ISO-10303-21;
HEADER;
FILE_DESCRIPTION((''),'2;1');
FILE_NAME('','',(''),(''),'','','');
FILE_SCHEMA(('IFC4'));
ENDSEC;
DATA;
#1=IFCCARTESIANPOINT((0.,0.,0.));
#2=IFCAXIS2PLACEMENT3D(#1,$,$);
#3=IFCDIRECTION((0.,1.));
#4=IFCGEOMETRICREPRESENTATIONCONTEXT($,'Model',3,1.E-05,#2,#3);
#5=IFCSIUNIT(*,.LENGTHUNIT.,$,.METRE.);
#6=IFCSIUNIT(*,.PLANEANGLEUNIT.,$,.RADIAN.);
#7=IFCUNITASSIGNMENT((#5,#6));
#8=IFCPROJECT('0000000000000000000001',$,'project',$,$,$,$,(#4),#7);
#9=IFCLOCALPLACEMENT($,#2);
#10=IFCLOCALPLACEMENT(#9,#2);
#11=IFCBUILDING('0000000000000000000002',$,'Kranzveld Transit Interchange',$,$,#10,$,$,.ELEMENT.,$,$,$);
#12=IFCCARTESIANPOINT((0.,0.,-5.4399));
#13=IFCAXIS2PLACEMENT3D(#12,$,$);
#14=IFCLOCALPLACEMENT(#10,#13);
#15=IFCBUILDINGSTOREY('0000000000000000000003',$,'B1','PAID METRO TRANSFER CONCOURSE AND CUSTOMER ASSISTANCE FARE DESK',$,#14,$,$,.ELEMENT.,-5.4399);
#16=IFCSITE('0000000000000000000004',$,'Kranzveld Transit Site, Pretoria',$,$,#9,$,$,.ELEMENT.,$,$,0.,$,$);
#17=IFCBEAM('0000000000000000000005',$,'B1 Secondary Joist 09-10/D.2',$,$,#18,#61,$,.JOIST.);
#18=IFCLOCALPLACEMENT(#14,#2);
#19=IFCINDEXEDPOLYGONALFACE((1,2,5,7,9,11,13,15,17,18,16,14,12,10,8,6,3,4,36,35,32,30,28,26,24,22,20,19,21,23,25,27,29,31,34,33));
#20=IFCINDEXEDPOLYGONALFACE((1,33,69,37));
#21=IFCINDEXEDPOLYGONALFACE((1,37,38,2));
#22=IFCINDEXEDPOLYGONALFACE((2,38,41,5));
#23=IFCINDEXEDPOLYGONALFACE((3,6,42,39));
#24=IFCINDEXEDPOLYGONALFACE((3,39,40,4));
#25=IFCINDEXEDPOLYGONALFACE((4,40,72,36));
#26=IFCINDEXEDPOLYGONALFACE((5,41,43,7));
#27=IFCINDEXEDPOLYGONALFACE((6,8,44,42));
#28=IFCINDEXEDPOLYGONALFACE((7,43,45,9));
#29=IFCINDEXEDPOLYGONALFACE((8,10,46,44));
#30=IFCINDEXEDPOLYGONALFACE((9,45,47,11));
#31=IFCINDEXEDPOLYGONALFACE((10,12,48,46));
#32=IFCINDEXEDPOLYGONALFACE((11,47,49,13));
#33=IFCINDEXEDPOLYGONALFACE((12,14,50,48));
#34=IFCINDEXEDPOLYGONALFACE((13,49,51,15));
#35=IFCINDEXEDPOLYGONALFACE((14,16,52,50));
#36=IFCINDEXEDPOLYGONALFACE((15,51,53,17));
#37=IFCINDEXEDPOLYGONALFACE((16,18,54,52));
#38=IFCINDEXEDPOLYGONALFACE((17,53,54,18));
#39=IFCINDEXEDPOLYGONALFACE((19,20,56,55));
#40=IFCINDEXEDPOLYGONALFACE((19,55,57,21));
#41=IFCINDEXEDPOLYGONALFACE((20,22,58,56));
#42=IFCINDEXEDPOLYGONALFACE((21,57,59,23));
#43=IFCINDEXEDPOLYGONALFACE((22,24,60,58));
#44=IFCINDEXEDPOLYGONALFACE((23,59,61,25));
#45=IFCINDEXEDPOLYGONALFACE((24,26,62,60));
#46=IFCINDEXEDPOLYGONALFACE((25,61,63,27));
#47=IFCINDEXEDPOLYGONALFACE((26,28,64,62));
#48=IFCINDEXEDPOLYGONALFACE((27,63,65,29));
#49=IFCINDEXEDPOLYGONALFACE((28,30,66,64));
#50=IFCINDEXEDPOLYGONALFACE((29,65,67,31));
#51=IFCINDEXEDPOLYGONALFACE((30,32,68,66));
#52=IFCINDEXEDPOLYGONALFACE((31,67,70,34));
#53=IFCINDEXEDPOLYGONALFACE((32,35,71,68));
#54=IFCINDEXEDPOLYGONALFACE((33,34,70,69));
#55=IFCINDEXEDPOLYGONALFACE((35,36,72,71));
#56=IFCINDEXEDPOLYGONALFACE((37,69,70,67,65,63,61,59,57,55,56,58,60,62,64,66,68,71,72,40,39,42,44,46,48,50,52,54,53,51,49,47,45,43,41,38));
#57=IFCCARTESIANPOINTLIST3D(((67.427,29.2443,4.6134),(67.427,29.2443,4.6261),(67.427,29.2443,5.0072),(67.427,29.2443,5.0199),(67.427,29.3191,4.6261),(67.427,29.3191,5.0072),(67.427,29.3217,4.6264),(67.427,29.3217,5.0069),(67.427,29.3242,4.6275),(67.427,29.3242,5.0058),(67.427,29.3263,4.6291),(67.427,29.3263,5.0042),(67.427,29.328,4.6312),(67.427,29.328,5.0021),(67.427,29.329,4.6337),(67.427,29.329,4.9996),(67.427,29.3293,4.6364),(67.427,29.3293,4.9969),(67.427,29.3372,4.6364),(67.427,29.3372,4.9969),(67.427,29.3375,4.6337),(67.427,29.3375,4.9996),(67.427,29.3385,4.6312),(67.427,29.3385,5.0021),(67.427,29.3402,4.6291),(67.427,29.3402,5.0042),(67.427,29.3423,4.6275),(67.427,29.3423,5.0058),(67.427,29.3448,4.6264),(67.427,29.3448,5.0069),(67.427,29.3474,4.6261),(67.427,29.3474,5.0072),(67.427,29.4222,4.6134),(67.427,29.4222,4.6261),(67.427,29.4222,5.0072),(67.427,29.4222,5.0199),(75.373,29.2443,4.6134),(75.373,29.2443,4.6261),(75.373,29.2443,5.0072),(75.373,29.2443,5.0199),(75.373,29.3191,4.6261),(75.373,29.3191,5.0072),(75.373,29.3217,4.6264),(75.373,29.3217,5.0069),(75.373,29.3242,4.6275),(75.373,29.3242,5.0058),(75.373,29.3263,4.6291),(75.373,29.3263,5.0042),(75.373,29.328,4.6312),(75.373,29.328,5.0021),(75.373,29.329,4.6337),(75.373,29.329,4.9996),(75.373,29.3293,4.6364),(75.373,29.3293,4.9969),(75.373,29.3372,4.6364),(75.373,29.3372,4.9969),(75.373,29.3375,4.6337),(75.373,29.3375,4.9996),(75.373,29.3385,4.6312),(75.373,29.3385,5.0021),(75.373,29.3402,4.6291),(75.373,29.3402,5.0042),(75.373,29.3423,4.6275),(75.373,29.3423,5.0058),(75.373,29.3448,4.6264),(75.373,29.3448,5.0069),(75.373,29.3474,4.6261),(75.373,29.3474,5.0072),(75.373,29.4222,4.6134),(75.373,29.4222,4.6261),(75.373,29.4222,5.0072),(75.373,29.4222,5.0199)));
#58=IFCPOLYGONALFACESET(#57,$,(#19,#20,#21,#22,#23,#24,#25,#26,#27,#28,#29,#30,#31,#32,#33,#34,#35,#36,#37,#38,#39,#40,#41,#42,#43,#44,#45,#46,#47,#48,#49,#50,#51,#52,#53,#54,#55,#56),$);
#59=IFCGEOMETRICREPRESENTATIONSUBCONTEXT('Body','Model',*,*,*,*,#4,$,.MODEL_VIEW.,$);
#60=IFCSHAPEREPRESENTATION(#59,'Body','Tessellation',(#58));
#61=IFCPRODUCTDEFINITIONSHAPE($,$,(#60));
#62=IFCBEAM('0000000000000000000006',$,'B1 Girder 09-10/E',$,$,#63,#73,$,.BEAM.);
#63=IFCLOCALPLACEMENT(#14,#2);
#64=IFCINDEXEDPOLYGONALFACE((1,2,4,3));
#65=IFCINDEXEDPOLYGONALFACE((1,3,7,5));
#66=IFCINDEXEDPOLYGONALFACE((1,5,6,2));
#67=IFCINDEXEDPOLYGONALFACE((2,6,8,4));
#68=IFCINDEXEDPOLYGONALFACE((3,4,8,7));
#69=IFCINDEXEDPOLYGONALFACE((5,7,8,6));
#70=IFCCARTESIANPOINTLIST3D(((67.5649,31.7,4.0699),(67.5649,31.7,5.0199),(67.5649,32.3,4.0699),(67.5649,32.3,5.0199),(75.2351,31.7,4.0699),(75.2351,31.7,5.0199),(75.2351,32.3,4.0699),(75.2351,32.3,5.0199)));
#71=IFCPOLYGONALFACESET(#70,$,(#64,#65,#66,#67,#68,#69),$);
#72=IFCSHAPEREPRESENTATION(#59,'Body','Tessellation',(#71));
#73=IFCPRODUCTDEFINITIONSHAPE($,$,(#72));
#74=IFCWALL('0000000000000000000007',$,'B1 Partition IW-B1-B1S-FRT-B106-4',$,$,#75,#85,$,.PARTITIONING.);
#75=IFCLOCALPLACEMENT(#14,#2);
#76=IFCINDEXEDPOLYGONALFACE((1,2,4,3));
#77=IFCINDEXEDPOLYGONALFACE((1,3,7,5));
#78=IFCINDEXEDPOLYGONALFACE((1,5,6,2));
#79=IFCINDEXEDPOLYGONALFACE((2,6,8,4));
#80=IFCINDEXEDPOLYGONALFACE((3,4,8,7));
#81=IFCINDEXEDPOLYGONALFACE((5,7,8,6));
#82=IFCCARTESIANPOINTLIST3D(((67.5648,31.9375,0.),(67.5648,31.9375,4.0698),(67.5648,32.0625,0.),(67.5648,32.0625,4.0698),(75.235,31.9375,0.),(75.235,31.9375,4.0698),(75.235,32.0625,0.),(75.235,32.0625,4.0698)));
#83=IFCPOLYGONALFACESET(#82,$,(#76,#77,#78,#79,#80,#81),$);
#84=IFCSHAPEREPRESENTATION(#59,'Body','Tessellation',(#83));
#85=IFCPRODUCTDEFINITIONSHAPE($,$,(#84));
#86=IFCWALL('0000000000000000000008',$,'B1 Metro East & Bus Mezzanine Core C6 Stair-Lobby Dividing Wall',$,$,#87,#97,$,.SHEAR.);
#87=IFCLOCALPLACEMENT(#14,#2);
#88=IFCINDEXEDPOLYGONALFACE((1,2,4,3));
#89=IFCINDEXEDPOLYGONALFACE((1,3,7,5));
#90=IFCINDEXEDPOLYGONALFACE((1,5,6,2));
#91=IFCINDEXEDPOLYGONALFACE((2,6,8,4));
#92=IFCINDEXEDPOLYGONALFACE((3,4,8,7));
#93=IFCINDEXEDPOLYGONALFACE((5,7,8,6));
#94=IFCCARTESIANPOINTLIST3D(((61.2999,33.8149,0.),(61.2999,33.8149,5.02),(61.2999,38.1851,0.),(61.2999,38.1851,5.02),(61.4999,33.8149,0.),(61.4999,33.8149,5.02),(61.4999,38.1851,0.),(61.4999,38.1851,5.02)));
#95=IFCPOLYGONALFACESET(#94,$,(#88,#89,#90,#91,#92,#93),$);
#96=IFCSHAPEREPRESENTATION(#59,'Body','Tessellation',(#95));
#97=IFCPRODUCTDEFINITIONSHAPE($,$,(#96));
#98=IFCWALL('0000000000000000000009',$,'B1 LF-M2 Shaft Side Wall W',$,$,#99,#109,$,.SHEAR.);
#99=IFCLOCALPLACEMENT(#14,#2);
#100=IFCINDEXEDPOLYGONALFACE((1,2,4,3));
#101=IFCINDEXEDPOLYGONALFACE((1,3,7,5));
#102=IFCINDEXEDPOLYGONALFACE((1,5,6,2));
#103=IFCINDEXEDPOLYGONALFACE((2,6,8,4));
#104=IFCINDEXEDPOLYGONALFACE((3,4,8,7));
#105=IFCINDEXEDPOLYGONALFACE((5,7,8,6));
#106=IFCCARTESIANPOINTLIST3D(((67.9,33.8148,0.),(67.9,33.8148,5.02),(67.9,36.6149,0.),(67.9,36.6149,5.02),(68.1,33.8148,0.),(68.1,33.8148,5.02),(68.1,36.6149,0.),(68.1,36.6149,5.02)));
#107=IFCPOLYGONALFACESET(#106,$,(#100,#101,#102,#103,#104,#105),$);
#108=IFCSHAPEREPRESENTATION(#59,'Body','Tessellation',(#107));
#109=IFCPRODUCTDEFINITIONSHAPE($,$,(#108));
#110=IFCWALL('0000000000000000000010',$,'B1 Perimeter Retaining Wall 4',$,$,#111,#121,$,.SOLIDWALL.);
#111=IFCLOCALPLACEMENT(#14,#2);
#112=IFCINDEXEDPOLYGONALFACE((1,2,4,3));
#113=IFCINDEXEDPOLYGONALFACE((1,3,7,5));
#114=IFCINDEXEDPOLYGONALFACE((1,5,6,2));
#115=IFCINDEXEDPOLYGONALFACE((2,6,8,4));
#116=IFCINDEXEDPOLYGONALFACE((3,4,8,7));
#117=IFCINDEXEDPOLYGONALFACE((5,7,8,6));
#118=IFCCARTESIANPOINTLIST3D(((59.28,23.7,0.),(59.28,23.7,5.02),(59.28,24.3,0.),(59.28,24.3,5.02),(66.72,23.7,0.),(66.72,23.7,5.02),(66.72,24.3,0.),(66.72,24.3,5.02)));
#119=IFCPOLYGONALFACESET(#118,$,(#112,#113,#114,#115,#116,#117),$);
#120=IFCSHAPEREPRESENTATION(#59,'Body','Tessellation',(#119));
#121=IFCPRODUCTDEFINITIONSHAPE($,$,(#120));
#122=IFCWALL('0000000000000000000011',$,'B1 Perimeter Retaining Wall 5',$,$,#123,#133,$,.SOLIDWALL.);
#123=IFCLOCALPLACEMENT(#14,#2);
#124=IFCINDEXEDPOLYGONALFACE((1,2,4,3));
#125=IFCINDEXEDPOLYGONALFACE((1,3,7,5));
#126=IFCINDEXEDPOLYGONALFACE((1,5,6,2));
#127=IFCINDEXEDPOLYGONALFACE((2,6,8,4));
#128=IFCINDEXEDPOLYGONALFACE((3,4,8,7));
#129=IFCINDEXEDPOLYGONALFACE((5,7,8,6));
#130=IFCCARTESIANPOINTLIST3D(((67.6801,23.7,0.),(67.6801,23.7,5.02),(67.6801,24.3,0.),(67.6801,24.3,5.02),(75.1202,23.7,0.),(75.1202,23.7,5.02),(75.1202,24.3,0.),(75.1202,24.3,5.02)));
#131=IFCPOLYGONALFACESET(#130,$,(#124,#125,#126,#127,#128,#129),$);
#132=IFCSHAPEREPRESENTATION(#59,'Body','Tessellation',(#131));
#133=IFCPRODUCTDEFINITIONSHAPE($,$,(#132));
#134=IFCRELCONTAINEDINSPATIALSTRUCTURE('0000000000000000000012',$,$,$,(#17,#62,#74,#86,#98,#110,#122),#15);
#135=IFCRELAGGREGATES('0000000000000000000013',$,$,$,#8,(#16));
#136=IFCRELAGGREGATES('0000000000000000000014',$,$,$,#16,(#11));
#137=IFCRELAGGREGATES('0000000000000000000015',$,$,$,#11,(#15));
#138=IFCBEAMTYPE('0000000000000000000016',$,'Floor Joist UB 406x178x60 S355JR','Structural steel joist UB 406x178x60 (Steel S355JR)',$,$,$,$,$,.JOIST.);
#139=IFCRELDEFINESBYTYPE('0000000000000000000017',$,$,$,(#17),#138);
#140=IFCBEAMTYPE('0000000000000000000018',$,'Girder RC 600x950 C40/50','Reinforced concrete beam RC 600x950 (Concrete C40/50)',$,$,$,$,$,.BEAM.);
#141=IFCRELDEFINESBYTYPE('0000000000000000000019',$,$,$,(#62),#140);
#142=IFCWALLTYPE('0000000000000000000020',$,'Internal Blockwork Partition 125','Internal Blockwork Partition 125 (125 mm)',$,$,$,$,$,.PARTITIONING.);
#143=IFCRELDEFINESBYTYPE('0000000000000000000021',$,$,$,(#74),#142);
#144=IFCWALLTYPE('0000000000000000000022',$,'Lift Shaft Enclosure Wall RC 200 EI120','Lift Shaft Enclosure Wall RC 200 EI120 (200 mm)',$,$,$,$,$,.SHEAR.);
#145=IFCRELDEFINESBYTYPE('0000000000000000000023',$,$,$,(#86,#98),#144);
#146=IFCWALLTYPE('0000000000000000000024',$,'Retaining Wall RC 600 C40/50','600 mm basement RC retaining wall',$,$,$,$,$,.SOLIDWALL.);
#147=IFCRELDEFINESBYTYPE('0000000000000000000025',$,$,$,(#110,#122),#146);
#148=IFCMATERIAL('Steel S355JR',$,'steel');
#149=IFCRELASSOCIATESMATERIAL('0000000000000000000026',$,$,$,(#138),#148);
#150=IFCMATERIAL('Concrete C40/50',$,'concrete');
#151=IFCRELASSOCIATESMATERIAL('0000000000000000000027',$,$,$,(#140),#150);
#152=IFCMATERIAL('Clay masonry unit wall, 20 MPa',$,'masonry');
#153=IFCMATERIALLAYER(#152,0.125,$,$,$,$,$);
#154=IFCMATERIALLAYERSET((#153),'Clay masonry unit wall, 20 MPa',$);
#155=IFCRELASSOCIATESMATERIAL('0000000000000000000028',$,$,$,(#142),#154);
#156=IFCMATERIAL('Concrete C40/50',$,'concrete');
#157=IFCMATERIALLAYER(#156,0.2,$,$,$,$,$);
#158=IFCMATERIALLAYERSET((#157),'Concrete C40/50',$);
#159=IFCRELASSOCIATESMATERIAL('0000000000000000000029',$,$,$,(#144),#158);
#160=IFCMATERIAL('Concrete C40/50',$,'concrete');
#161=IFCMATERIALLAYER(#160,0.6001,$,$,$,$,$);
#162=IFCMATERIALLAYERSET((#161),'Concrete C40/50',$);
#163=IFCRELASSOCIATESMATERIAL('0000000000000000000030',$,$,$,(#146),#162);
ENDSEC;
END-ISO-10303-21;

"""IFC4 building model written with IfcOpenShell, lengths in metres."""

from ifc_helpers import new_model, si_unit, direction, frame, frame_2d, origin, origin_2d, place, context, subcontext, project, spatial, rectangle, i_section, extrude, material, layer, layer_set, material_profile, profile_set, type_object, element, save


model = new_model("IFC4")

# Units and contexts
model_context = context("Model", 3, precision=1e-05, world=origin(), true_north=direction((0.0, 1.0)))
body_context = subcontext(model_context, "Body", "Model", "MODEL_VIEW")
ifc_project = project(units=[si_unit("LENGTHUNIT", "METRE"), si_unit("PLANEANGLEUNIT", "RADIAN")], contexts=[model_context])

# Site, building, storey
site_placement = place(None, origin())
site = spatial("IfcSite", under=ifc_project, at=site_placement, Name="Kranzveld Transit Site, Pretoria", CompositionType="ELEMENT", RefElevation=0.0)
building_placement = place(site_placement, origin())
building = spatial("IfcBuilding", under=site, at=building_placement, Name="Kranzveld Transit Interchange", CompositionType="ELEMENT")
storey_placement = place(building_placement, frame((0.0, 0.0, -5.4399)))
storey = spatial("IfcBuildingStorey", under=building, at=storey_placement, Name="B1", Description="PAID METRO TRANSFER CONCOURSE AND CUSTOMER ASSISTANCE FARE DESK", CompositionType="ELEMENT", Elevation=-5.4399)

# Beams
ifc_material_1 = material(Name="Steel S355JR", Category="steel")
ifc_material_profile_1 = material_profile(ifc_material_1, i_section(OverallWidth=0.178, OverallDepth=0.4065, WebThickness=0.0078, FlangeThickness=0.0127, FilletRadius=0.0103, at=origin_2d()), Name="UB 406x178x60")
ifc_profile_set_1 = profile_set([ifc_material_profile_1], Name="Steel S355JR")
beam_type_1 = type_object("IfcBeamType", Name="Floor Joist UB 406x178x60 S355JR", Description="Structural steel joist UB 406x178x60 (Steel S355JR)", PredefinedType="JOIST", material=ifc_profile_set_1)
for number, where, z_axis, x_axis, name in (
    (1, (67.427, 29.3333, 4.8167), (1.0, 0.0, 0.0), (0.0, 1.0, 0.0), "B1 Secondary Joist 09-10/D.2"),
):
    element("IfcBeam", number, at=place(storey_placement, frame(where, z_axis=z_axis, x_axis=x_axis)), inside=storey, type_object=beam_type_1, Name=name, PredefinedType="JOIST", context=body_context, shape_type="SweptSolid", body=[
        extrude(i_section(OverallWidth=0.178, OverallDepth=0.4065, WebThickness=0.0078, FlangeThickness=0.0127, FilletRadius=0.0103, at=origin_2d()), origin(), (0.0, 0.0, 1.0), 7.946),
    ])
ifc_material_2 = material(Name="Concrete C40/50", Category="concrete")
ifc_material_profile_2 = material_profile(ifc_material_2, rectangle(XDim=0.6001, YDim=0.95, at=origin_2d()), Name="RC 600x950")
ifc_profile_set_2 = profile_set([ifc_material_profile_2], Name="Concrete C40/50")
beam_type_2 = type_object("IfcBeamType", Name="Girder RC 600x950 C40/50", Description="Reinforced concrete beam RC 600x950 (Concrete C40/50)", PredefinedType="BEAM", material=ifc_profile_set_2)
beam_1_placement = place(storey_placement, frame((67.5649, 32.0, 4.5449), z_axis=(1.0, 0.0, 0.0), x_axis=(0.0, 1.0, 0.0)))
element("IfcBeam", 2, at=beam_1_placement, inside=storey, type_object=beam_type_2, Name="B1 Girder 09-10/E", PredefinedType="BEAM", context=body_context, shape_type="SweptSolid", body=[
    extrude(rectangle(XDim=0.6001, YDim=0.95, at=origin_2d()), origin(), (0.0, 0.0, 1.0), 7.6702),
])

# Walls
ifc_material_3 = material(Name="Clay masonry unit wall, 20 MPa", Category="masonry")
ifc_layer_1 = layer(ifc_material_3, 0.125)
ifc_layer_set_1 = layer_set([ifc_layer_1], Name="Clay masonry unit wall, 20 MPa")
wall_type_1 = type_object("IfcWallType", Name="Internal Blockwork Partition 125", Description="Internal Blockwork Partition 125 (125 mm)", PredefinedType="PARTITIONING", material=ifc_layer_set_1)
wall_1_placement = place(storey_placement, frame((67.5649, 32.0, 0.0), z_axis=(0.0, 0.0, 1.0), x_axis=(1.0, 0.0, 0.0)))
element("IfcWall", 3, at=wall_1_placement, inside=storey, type_object=wall_type_1, Name="B1 Partition IW-B1-B1S-FRT-B106-4", PredefinedType="PARTITIONING", context=body_context, shape_type="SweptSolid", body=[
    extrude(rectangle(XDim=7.6702, YDim=0.125, at=frame_2d((3.835, 0.0))), origin(), (0.0, 0.0, 1.0), 4.0698),
])
ifc_material_4 = material(Name="Concrete C40/50", Category="concrete")
ifc_layer_2 = layer(ifc_material_4, 0.2)
ifc_layer_set_2 = layer_set([ifc_layer_2], Name="Concrete C40/50")
wall_type_2 = type_object("IfcWallType", Name="Lift Shaft Enclosure Wall RC 200 EI120", Description="Lift Shaft Enclosure Wall RC 200 EI120 (200 mm)", PredefinedType="SHEAR", material=ifc_layer_set_2)
wall_2_placement = place(storey_placement, frame((61.3999, 33.8149, 0.0), z_axis=(0.0, 0.0, 1.0), x_axis=(0.0, 1.0, 0.0)))
element("IfcWall", 4, at=wall_2_placement, inside=storey, type_object=wall_type_2, Name="B1 Metro East & Bus Mezzanine Core C6 Stair-Lobby Dividing Wall", PredefinedType="SHEAR", context=body_context, shape_type="SweptSolid", body=[
    extrude(rectangle(XDim=4.3701, YDim=0.2, at=frame_2d((2.1851, 0.0))), origin(), (0.0, 0.0, 1.0), 5.02),
])

# Walls
wall_3_placement = place(storey_placement, frame((68.0, 33.8149, 0.0), z_axis=(0.0, 0.0, 1.0), x_axis=(0.0, 1.0, 0.0)))
element("IfcWall", 5, at=wall_3_placement, inside=storey, type_object=wall_type_2, Name="B1 LF-M2 Shaft Side Wall W", PredefinedType="SHEAR", context=body_context, shape_type="SweptSolid", body=[
    extrude(rectangle(XDim=2.8, YDim=0.2, at=frame_2d((1.3999, 0.0))), origin(), (0.0, 0.0, 1.0), 5.02),
])
ifc_material_5 = material(Name="Concrete C40/50", Category="concrete")
ifc_layer_3 = layer(ifc_material_5, 0.6001)
ifc_layer_set_3 = layer_set([ifc_layer_3], Name="Concrete C40/50")
wall_type_3 = type_object("IfcWallType", Name="Retaining Wall RC 600 C40/50", Description="600 mm basement RC retaining wall", PredefinedType="SOLIDWALL", material=ifc_layer_set_3)
wall_4_placement = place(storey_placement, frame((59.28, 24.0, 0.0), z_axis=(0.0, 0.0, 1.0), x_axis=(1.0, 0.0, 0.0)))
element("IfcWall", 6, at=wall_4_placement, inside=storey, type_object=wall_type_3, Name="B1 Perimeter Retaining Wall 4", PredefinedType="SOLIDWALL", context=body_context, shape_type="SweptSolid", body=[
    extrude(rectangle(XDim=7.4399, YDim=0.6001, at=frame_2d((3.72, 0.0))), origin(), (0.0, 0.0, 1.0), 5.02),
])
wall_5_placement = place(storey_placement, frame((67.6799, 24.0, 0.0), z_axis=(0.0, 0.0, 1.0), x_axis=(1.0, 0.0, 0.0)))
element("IfcWall", 7, at=wall_5_placement, inside=storey, type_object=wall_type_3, Name="B1 Perimeter Retaining Wall 5", PredefinedType="SOLIDWALL", context=body_context, shape_type="SweptSolid", body=[
    extrude(rectangle(XDim=7.4402, YDim=0.6001, at=frame_2d((3.7202, 0.0))), origin(), (0.0, 0.0, 1.0), 5.02),
])

save(model, "model.ifc")
